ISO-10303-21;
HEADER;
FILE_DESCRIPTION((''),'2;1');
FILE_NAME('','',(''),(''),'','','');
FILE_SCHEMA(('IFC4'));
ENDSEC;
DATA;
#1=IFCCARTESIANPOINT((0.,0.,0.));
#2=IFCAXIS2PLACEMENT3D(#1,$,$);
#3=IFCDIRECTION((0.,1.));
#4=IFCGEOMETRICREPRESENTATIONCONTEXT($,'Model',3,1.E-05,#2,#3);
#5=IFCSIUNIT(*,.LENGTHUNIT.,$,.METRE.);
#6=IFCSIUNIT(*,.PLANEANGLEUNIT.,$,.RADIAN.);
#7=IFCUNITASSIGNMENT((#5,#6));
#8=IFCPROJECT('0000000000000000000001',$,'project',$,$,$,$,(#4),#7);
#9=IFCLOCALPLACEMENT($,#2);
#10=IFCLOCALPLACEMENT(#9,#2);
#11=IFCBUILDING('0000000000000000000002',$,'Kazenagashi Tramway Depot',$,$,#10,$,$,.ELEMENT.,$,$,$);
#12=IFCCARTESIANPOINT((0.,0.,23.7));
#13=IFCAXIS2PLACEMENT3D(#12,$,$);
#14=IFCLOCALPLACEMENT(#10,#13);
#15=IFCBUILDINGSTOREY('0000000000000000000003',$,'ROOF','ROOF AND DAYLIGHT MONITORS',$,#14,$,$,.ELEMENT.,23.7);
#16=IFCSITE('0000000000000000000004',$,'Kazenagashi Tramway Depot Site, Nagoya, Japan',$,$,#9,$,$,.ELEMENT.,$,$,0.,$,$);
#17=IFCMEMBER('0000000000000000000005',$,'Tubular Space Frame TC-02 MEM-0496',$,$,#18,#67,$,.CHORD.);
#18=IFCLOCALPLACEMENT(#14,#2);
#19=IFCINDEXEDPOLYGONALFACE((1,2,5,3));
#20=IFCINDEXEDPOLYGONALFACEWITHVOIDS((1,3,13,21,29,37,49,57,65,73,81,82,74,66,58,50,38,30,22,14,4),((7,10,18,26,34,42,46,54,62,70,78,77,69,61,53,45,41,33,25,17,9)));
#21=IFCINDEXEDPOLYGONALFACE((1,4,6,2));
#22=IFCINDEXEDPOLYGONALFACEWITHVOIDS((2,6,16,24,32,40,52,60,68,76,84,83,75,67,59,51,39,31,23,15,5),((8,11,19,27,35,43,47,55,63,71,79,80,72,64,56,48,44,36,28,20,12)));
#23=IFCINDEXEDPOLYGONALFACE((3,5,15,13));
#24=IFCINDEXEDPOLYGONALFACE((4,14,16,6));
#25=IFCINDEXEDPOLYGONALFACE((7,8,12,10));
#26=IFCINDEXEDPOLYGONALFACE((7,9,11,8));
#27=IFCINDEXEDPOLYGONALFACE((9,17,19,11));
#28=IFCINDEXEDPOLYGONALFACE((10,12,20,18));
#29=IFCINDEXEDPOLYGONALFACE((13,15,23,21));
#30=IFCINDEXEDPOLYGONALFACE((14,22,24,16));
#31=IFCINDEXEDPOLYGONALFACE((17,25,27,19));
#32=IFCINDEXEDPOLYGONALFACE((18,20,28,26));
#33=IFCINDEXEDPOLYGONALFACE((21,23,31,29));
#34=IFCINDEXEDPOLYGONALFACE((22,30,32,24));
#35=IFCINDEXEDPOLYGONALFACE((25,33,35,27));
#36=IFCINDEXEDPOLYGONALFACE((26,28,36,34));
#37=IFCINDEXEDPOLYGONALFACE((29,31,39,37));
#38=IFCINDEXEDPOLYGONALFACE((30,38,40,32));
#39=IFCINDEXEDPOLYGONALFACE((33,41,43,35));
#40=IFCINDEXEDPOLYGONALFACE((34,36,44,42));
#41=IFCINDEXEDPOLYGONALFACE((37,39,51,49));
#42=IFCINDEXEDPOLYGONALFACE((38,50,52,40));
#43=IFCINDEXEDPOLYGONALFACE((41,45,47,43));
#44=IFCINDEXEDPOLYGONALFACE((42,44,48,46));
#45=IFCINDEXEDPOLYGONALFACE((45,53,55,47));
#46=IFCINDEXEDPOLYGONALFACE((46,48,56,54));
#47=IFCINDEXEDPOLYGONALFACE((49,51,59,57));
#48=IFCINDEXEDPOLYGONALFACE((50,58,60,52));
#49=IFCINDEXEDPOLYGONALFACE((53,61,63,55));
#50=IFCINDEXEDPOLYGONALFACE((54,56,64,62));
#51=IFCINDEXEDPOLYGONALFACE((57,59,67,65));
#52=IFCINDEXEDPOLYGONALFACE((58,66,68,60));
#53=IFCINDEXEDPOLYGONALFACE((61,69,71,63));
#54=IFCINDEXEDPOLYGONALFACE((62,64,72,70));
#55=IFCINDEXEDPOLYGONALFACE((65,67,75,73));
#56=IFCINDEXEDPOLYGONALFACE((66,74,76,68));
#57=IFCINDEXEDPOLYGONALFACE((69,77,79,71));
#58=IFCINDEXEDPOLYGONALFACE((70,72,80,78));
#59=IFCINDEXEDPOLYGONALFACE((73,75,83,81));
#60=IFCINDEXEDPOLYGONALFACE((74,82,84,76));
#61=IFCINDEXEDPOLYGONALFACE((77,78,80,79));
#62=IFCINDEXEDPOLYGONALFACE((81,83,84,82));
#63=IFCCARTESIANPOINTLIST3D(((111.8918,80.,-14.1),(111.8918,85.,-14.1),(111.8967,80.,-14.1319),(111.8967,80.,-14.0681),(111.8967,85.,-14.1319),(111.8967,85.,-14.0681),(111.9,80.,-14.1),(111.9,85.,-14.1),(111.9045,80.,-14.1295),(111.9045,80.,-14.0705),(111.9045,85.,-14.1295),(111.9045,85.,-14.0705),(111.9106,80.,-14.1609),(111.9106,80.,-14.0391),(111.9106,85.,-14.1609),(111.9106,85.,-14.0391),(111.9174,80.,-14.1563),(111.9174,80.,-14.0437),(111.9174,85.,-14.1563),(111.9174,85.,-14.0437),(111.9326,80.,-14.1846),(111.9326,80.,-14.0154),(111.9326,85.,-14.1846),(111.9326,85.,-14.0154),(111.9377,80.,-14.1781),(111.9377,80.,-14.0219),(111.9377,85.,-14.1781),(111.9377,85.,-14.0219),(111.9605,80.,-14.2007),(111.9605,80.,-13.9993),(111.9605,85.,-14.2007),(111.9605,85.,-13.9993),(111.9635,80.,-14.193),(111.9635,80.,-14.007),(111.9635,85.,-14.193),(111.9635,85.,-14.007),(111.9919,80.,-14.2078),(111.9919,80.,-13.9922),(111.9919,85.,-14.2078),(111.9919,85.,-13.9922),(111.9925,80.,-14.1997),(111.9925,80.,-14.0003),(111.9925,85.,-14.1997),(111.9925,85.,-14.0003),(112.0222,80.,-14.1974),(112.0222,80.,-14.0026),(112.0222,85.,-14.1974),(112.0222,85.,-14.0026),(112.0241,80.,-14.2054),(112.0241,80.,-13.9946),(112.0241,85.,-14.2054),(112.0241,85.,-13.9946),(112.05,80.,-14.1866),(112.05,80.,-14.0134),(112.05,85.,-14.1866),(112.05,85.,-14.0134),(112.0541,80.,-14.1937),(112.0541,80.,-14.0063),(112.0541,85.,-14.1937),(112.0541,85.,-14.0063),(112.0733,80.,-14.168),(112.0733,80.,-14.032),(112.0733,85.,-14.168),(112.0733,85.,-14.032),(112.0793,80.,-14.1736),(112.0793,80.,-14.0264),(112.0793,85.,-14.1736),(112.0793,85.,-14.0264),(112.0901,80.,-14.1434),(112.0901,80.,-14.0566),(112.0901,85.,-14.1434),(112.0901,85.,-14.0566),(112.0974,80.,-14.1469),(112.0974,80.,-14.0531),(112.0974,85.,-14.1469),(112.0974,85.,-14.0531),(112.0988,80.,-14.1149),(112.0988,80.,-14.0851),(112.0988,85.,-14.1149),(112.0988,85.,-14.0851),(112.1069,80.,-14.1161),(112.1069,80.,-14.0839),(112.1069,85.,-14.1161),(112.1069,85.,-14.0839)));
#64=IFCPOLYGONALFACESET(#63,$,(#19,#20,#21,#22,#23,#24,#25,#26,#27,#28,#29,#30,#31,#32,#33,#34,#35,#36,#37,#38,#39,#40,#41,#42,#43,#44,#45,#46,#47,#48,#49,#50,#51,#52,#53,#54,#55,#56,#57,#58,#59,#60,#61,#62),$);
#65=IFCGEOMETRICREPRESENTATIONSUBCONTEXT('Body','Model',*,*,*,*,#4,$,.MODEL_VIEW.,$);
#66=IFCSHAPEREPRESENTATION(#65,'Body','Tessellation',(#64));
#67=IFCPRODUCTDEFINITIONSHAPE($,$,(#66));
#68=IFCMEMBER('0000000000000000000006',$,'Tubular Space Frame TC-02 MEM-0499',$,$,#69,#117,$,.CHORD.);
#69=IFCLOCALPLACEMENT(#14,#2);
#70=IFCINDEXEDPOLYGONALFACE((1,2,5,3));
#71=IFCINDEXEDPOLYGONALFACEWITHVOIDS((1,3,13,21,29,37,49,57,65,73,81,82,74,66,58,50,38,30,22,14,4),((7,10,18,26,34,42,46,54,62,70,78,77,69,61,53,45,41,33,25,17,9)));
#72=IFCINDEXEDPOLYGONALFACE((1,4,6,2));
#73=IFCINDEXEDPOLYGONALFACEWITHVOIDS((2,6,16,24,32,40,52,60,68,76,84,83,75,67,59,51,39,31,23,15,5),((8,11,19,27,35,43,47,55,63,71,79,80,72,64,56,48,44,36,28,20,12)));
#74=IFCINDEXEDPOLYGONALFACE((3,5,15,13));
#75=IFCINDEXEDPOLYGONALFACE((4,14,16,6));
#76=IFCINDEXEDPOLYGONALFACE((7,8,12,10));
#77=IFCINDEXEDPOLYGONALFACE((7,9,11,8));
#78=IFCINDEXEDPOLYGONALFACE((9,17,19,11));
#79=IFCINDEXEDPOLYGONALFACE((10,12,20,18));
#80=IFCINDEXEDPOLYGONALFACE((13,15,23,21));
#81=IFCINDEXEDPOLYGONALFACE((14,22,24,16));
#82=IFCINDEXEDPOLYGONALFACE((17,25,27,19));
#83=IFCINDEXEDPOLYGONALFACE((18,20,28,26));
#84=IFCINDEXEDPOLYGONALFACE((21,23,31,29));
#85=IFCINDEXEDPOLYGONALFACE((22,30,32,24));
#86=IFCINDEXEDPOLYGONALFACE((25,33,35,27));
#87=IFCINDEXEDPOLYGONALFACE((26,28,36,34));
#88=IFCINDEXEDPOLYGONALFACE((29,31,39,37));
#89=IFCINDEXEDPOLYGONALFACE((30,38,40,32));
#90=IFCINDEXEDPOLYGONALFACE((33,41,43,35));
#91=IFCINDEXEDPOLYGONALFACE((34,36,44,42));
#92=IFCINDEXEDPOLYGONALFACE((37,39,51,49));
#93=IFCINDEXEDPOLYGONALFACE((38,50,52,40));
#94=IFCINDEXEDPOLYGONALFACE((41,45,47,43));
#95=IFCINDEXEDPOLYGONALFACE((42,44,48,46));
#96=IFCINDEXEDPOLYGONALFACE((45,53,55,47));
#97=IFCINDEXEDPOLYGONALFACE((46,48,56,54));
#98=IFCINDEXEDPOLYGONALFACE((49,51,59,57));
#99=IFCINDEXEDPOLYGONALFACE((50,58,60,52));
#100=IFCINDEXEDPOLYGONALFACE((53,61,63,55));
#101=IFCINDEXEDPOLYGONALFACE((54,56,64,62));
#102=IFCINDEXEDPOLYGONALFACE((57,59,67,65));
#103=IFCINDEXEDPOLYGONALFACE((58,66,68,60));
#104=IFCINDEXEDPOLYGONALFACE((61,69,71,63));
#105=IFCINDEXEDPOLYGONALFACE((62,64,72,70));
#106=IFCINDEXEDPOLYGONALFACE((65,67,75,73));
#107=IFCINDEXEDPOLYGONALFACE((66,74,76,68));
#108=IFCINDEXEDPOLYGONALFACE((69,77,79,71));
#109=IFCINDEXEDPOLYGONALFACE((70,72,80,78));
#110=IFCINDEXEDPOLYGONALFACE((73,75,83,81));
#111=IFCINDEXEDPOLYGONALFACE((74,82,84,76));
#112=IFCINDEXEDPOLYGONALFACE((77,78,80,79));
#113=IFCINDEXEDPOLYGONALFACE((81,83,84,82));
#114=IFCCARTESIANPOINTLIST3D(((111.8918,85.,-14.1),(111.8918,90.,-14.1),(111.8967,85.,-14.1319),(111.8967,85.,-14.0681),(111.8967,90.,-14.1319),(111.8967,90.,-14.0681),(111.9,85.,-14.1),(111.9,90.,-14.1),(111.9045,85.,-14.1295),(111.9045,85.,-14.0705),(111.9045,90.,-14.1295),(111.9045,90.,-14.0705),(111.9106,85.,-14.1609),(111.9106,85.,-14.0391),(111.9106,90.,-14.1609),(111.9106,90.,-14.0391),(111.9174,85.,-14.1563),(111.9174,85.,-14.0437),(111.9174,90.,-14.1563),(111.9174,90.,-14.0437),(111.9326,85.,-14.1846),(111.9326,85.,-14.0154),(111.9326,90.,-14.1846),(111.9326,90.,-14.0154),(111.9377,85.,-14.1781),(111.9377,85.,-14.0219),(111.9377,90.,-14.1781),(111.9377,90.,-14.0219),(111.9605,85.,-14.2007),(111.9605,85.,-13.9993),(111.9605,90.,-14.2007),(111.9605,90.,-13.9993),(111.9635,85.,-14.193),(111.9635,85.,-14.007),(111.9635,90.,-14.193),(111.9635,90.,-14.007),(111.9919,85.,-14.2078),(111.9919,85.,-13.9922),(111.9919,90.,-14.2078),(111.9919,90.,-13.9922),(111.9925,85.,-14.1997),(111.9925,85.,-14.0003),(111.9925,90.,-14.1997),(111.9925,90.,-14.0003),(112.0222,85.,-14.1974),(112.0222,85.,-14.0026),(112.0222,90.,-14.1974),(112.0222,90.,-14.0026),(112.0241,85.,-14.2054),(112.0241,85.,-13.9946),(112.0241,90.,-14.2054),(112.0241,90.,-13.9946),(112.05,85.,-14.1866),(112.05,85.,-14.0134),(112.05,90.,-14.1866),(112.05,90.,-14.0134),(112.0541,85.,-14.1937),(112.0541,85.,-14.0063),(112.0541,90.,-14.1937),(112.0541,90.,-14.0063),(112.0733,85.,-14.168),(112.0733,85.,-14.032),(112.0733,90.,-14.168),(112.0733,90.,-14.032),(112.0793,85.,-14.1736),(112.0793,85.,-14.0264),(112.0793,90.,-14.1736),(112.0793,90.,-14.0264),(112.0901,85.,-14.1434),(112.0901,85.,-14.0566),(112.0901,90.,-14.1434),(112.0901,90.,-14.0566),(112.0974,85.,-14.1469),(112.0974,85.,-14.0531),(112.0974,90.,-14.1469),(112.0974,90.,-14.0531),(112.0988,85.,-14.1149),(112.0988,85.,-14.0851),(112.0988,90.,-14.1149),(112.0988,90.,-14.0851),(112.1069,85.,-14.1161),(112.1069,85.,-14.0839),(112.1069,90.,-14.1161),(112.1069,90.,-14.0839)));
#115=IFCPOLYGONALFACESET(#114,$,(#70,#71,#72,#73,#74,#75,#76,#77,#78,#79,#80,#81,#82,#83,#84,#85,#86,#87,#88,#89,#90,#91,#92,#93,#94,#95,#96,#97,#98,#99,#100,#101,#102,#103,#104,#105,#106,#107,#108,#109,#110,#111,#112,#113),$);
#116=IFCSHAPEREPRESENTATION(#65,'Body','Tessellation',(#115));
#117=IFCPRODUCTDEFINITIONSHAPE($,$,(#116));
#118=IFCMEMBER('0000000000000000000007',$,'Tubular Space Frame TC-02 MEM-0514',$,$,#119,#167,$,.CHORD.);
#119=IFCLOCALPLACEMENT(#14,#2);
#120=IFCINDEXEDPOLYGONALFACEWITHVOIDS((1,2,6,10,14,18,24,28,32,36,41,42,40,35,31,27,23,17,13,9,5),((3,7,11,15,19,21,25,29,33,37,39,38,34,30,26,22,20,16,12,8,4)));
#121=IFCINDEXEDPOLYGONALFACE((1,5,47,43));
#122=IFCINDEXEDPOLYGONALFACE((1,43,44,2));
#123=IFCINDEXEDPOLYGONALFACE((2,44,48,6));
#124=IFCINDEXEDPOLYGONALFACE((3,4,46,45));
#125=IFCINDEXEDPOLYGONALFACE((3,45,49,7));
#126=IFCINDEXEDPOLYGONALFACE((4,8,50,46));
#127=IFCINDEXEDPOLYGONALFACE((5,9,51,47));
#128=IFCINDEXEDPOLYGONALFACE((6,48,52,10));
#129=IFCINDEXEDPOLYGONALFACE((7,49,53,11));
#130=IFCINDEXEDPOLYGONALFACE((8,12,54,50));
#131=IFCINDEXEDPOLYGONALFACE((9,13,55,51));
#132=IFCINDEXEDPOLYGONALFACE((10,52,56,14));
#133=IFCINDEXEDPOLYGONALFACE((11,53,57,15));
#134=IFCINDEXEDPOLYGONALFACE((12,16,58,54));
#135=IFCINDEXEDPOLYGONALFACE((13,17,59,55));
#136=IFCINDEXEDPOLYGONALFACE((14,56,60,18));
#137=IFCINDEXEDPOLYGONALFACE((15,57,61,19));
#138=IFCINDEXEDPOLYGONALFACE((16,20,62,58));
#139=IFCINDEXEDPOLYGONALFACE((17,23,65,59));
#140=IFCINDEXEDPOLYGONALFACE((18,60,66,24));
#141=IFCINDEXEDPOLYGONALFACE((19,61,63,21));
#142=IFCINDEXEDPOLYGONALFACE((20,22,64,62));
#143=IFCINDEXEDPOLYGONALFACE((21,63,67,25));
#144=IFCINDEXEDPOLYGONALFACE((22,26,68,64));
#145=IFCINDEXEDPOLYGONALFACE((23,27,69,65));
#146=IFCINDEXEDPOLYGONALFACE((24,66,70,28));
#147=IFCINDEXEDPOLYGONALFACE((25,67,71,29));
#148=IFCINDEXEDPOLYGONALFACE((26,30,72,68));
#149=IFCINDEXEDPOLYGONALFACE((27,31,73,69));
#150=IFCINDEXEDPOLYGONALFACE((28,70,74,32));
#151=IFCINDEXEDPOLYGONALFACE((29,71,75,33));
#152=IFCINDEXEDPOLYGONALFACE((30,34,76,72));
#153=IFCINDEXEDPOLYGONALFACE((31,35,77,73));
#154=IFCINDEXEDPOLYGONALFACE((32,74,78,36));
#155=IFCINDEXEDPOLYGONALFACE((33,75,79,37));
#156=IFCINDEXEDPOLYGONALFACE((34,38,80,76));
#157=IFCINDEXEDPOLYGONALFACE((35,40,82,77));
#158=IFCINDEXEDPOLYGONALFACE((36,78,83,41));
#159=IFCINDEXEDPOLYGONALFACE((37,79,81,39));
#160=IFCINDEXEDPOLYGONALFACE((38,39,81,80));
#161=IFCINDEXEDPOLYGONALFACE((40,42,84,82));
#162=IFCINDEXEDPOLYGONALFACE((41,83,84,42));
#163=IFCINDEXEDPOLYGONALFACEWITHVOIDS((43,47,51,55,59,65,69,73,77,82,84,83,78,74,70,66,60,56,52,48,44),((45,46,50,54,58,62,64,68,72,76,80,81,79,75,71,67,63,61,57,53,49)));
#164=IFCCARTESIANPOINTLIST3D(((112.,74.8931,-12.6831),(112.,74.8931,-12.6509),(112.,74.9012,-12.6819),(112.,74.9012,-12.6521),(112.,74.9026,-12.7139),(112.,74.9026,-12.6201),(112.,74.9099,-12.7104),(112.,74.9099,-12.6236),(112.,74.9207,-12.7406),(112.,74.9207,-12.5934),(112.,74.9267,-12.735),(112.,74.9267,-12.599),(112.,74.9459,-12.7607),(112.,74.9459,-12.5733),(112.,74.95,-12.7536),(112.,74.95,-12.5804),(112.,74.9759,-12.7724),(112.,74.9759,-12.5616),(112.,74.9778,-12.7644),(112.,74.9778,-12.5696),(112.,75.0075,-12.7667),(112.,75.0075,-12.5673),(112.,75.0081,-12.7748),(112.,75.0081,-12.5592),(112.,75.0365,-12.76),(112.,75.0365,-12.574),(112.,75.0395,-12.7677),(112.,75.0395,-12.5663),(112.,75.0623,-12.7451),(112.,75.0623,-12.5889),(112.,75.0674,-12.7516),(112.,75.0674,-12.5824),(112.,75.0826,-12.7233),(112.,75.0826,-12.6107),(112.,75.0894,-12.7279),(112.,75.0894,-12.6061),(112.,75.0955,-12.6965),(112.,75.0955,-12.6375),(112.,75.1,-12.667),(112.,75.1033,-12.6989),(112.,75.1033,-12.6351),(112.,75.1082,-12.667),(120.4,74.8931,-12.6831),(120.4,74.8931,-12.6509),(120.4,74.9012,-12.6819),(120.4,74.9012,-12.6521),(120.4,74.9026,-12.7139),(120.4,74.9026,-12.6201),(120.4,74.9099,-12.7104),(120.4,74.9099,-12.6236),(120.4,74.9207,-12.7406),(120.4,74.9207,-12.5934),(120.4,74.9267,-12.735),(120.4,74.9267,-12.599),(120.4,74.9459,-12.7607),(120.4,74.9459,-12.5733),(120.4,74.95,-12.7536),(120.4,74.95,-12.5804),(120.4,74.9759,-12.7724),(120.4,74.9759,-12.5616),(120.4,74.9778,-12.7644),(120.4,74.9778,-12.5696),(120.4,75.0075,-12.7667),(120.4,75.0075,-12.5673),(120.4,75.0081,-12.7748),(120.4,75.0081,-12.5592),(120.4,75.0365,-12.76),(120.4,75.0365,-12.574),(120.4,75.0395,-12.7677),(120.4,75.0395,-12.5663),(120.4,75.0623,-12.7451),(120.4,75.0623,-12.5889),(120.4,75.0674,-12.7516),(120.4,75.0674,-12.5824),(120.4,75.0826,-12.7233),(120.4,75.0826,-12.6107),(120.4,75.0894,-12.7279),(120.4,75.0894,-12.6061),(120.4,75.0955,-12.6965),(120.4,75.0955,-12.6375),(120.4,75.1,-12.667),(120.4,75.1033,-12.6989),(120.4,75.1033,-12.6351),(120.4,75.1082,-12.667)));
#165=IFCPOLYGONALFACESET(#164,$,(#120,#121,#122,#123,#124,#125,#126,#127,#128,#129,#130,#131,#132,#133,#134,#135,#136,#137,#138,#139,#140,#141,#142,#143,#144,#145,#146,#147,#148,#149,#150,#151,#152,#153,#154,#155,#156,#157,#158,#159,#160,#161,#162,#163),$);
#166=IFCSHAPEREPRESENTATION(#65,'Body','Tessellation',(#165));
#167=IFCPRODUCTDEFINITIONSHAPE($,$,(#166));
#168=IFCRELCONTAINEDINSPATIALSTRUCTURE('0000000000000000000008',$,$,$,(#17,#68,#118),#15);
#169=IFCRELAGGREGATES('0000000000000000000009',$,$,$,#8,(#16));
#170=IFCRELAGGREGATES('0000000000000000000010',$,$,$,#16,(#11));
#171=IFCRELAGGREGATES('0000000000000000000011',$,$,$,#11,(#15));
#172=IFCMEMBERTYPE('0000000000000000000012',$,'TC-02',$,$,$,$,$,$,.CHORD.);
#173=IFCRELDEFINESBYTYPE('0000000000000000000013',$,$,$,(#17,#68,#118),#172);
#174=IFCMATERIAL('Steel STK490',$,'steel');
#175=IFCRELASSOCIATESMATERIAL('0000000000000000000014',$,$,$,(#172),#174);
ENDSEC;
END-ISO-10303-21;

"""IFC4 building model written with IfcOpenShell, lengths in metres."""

from ifc_helpers import new_model, si_unit, direction, frame, origin, origin_2d, place, context, subcontext, project, spatial, hollow_circle, extrude, material, material_profile, profile_set, type_object, element, save


model = new_model("IFC4")

# Units and contexts
model_context = context("Model", 3, precision=1e-05, world=origin(), true_north=direction((0.0, 1.0)))
body_context = subcontext(model_context, "Body", "Model", "MODEL_VIEW")
ifc_project = project(units=[si_unit("LENGTHUNIT", "METRE"), si_unit("PLANEANGLEUNIT", "RADIAN")], contexts=[model_context])

# Site, building, storey
site_placement = place(None, origin())
site = spatial("IfcSite", under=ifc_project, at=site_placement, Name="Kazenagashi Tramway Depot Site, Nagoya, Japan", CompositionType="ELEMENT", RefElevation=0.0)
building_placement = place(site_placement, origin())
building = spatial("IfcBuilding", under=site, at=building_placement, Name="Kazenagashi Tramway Depot", CompositionType="ELEMENT")
storey_placement = place(building_placement, frame((0.0, 0.0, 23.7)))
storey = spatial("IfcBuildingStorey", under=building, at=storey_placement, Name="ROOF", Description="ROOF AND DAYLIGHT MONITORS", CompositionType="ELEMENT", Elevation=23.7)

# Members
ifc_material_1 = material(Name="Steel STK490", Category="steel")
ifc_material_profile_1 = material_profile(ifc_material_1, hollow_circle(Radius=0.1081, WallThickness=0.0082, at=origin_2d()), Name="CHS-216.3x8.2")
ifc_profile_set_1 = profile_set([ifc_material_profile_1], Name="Steel STK490")
member_type_1 = type_object("IfcMemberType", Name="TC-02", PredefinedType="CHORD", material=ifc_profile_set_1)
for number, where, z_axis, x_axis, name in (
    (1, (112.0, 80.0, -14.1), (0.0, 1.0, 0.0), (-1.0, 0.0, 0.0), "Tubular Space Frame TC-02 MEM-0496"),
    (2, (112.0, 85.0, -14.1), (0.0, 1.0, 0.0), (-1.0, 0.0, 0.0), "Tubular Space Frame TC-02 MEM-0499"),
):
    element("IfcMember", number, at=place(storey_placement, frame(where, z_axis=z_axis, x_axis=x_axis)), inside=storey, type_object=member_type_1, Name=name, PredefinedType="CHORD", context=body_context, shape_type="SweptSolid", body=[
        extrude(hollow_circle(Radius=0.1081, WallThickness=0.0082, at=origin_2d()), origin(), (0.0, 0.0, 1.0), 5.0),
    ])
for number, where, z_axis, x_axis, name in (
    (3, (112.0, 75.0, -12.667), (1.0, 0.0, 0.0), (0.0, 1.0, 0.0), "Tubular Space Frame TC-02 MEM-0514"),
):
    element("IfcMember", number, at=place(storey_placement, frame(where, z_axis=z_axis, x_axis=x_axis)), inside=storey, type_object=member_type_1, Name=name, PredefinedType="CHORD", context=body_context, shape_type="SweptSolid", body=[
        extrude(hollow_circle(Radius=0.1081, WallThickness=0.0082, at=origin_2d()), origin(), (0.0, 0.0, 1.0), 8.4),
    ])

save(model, "model.ifc")
